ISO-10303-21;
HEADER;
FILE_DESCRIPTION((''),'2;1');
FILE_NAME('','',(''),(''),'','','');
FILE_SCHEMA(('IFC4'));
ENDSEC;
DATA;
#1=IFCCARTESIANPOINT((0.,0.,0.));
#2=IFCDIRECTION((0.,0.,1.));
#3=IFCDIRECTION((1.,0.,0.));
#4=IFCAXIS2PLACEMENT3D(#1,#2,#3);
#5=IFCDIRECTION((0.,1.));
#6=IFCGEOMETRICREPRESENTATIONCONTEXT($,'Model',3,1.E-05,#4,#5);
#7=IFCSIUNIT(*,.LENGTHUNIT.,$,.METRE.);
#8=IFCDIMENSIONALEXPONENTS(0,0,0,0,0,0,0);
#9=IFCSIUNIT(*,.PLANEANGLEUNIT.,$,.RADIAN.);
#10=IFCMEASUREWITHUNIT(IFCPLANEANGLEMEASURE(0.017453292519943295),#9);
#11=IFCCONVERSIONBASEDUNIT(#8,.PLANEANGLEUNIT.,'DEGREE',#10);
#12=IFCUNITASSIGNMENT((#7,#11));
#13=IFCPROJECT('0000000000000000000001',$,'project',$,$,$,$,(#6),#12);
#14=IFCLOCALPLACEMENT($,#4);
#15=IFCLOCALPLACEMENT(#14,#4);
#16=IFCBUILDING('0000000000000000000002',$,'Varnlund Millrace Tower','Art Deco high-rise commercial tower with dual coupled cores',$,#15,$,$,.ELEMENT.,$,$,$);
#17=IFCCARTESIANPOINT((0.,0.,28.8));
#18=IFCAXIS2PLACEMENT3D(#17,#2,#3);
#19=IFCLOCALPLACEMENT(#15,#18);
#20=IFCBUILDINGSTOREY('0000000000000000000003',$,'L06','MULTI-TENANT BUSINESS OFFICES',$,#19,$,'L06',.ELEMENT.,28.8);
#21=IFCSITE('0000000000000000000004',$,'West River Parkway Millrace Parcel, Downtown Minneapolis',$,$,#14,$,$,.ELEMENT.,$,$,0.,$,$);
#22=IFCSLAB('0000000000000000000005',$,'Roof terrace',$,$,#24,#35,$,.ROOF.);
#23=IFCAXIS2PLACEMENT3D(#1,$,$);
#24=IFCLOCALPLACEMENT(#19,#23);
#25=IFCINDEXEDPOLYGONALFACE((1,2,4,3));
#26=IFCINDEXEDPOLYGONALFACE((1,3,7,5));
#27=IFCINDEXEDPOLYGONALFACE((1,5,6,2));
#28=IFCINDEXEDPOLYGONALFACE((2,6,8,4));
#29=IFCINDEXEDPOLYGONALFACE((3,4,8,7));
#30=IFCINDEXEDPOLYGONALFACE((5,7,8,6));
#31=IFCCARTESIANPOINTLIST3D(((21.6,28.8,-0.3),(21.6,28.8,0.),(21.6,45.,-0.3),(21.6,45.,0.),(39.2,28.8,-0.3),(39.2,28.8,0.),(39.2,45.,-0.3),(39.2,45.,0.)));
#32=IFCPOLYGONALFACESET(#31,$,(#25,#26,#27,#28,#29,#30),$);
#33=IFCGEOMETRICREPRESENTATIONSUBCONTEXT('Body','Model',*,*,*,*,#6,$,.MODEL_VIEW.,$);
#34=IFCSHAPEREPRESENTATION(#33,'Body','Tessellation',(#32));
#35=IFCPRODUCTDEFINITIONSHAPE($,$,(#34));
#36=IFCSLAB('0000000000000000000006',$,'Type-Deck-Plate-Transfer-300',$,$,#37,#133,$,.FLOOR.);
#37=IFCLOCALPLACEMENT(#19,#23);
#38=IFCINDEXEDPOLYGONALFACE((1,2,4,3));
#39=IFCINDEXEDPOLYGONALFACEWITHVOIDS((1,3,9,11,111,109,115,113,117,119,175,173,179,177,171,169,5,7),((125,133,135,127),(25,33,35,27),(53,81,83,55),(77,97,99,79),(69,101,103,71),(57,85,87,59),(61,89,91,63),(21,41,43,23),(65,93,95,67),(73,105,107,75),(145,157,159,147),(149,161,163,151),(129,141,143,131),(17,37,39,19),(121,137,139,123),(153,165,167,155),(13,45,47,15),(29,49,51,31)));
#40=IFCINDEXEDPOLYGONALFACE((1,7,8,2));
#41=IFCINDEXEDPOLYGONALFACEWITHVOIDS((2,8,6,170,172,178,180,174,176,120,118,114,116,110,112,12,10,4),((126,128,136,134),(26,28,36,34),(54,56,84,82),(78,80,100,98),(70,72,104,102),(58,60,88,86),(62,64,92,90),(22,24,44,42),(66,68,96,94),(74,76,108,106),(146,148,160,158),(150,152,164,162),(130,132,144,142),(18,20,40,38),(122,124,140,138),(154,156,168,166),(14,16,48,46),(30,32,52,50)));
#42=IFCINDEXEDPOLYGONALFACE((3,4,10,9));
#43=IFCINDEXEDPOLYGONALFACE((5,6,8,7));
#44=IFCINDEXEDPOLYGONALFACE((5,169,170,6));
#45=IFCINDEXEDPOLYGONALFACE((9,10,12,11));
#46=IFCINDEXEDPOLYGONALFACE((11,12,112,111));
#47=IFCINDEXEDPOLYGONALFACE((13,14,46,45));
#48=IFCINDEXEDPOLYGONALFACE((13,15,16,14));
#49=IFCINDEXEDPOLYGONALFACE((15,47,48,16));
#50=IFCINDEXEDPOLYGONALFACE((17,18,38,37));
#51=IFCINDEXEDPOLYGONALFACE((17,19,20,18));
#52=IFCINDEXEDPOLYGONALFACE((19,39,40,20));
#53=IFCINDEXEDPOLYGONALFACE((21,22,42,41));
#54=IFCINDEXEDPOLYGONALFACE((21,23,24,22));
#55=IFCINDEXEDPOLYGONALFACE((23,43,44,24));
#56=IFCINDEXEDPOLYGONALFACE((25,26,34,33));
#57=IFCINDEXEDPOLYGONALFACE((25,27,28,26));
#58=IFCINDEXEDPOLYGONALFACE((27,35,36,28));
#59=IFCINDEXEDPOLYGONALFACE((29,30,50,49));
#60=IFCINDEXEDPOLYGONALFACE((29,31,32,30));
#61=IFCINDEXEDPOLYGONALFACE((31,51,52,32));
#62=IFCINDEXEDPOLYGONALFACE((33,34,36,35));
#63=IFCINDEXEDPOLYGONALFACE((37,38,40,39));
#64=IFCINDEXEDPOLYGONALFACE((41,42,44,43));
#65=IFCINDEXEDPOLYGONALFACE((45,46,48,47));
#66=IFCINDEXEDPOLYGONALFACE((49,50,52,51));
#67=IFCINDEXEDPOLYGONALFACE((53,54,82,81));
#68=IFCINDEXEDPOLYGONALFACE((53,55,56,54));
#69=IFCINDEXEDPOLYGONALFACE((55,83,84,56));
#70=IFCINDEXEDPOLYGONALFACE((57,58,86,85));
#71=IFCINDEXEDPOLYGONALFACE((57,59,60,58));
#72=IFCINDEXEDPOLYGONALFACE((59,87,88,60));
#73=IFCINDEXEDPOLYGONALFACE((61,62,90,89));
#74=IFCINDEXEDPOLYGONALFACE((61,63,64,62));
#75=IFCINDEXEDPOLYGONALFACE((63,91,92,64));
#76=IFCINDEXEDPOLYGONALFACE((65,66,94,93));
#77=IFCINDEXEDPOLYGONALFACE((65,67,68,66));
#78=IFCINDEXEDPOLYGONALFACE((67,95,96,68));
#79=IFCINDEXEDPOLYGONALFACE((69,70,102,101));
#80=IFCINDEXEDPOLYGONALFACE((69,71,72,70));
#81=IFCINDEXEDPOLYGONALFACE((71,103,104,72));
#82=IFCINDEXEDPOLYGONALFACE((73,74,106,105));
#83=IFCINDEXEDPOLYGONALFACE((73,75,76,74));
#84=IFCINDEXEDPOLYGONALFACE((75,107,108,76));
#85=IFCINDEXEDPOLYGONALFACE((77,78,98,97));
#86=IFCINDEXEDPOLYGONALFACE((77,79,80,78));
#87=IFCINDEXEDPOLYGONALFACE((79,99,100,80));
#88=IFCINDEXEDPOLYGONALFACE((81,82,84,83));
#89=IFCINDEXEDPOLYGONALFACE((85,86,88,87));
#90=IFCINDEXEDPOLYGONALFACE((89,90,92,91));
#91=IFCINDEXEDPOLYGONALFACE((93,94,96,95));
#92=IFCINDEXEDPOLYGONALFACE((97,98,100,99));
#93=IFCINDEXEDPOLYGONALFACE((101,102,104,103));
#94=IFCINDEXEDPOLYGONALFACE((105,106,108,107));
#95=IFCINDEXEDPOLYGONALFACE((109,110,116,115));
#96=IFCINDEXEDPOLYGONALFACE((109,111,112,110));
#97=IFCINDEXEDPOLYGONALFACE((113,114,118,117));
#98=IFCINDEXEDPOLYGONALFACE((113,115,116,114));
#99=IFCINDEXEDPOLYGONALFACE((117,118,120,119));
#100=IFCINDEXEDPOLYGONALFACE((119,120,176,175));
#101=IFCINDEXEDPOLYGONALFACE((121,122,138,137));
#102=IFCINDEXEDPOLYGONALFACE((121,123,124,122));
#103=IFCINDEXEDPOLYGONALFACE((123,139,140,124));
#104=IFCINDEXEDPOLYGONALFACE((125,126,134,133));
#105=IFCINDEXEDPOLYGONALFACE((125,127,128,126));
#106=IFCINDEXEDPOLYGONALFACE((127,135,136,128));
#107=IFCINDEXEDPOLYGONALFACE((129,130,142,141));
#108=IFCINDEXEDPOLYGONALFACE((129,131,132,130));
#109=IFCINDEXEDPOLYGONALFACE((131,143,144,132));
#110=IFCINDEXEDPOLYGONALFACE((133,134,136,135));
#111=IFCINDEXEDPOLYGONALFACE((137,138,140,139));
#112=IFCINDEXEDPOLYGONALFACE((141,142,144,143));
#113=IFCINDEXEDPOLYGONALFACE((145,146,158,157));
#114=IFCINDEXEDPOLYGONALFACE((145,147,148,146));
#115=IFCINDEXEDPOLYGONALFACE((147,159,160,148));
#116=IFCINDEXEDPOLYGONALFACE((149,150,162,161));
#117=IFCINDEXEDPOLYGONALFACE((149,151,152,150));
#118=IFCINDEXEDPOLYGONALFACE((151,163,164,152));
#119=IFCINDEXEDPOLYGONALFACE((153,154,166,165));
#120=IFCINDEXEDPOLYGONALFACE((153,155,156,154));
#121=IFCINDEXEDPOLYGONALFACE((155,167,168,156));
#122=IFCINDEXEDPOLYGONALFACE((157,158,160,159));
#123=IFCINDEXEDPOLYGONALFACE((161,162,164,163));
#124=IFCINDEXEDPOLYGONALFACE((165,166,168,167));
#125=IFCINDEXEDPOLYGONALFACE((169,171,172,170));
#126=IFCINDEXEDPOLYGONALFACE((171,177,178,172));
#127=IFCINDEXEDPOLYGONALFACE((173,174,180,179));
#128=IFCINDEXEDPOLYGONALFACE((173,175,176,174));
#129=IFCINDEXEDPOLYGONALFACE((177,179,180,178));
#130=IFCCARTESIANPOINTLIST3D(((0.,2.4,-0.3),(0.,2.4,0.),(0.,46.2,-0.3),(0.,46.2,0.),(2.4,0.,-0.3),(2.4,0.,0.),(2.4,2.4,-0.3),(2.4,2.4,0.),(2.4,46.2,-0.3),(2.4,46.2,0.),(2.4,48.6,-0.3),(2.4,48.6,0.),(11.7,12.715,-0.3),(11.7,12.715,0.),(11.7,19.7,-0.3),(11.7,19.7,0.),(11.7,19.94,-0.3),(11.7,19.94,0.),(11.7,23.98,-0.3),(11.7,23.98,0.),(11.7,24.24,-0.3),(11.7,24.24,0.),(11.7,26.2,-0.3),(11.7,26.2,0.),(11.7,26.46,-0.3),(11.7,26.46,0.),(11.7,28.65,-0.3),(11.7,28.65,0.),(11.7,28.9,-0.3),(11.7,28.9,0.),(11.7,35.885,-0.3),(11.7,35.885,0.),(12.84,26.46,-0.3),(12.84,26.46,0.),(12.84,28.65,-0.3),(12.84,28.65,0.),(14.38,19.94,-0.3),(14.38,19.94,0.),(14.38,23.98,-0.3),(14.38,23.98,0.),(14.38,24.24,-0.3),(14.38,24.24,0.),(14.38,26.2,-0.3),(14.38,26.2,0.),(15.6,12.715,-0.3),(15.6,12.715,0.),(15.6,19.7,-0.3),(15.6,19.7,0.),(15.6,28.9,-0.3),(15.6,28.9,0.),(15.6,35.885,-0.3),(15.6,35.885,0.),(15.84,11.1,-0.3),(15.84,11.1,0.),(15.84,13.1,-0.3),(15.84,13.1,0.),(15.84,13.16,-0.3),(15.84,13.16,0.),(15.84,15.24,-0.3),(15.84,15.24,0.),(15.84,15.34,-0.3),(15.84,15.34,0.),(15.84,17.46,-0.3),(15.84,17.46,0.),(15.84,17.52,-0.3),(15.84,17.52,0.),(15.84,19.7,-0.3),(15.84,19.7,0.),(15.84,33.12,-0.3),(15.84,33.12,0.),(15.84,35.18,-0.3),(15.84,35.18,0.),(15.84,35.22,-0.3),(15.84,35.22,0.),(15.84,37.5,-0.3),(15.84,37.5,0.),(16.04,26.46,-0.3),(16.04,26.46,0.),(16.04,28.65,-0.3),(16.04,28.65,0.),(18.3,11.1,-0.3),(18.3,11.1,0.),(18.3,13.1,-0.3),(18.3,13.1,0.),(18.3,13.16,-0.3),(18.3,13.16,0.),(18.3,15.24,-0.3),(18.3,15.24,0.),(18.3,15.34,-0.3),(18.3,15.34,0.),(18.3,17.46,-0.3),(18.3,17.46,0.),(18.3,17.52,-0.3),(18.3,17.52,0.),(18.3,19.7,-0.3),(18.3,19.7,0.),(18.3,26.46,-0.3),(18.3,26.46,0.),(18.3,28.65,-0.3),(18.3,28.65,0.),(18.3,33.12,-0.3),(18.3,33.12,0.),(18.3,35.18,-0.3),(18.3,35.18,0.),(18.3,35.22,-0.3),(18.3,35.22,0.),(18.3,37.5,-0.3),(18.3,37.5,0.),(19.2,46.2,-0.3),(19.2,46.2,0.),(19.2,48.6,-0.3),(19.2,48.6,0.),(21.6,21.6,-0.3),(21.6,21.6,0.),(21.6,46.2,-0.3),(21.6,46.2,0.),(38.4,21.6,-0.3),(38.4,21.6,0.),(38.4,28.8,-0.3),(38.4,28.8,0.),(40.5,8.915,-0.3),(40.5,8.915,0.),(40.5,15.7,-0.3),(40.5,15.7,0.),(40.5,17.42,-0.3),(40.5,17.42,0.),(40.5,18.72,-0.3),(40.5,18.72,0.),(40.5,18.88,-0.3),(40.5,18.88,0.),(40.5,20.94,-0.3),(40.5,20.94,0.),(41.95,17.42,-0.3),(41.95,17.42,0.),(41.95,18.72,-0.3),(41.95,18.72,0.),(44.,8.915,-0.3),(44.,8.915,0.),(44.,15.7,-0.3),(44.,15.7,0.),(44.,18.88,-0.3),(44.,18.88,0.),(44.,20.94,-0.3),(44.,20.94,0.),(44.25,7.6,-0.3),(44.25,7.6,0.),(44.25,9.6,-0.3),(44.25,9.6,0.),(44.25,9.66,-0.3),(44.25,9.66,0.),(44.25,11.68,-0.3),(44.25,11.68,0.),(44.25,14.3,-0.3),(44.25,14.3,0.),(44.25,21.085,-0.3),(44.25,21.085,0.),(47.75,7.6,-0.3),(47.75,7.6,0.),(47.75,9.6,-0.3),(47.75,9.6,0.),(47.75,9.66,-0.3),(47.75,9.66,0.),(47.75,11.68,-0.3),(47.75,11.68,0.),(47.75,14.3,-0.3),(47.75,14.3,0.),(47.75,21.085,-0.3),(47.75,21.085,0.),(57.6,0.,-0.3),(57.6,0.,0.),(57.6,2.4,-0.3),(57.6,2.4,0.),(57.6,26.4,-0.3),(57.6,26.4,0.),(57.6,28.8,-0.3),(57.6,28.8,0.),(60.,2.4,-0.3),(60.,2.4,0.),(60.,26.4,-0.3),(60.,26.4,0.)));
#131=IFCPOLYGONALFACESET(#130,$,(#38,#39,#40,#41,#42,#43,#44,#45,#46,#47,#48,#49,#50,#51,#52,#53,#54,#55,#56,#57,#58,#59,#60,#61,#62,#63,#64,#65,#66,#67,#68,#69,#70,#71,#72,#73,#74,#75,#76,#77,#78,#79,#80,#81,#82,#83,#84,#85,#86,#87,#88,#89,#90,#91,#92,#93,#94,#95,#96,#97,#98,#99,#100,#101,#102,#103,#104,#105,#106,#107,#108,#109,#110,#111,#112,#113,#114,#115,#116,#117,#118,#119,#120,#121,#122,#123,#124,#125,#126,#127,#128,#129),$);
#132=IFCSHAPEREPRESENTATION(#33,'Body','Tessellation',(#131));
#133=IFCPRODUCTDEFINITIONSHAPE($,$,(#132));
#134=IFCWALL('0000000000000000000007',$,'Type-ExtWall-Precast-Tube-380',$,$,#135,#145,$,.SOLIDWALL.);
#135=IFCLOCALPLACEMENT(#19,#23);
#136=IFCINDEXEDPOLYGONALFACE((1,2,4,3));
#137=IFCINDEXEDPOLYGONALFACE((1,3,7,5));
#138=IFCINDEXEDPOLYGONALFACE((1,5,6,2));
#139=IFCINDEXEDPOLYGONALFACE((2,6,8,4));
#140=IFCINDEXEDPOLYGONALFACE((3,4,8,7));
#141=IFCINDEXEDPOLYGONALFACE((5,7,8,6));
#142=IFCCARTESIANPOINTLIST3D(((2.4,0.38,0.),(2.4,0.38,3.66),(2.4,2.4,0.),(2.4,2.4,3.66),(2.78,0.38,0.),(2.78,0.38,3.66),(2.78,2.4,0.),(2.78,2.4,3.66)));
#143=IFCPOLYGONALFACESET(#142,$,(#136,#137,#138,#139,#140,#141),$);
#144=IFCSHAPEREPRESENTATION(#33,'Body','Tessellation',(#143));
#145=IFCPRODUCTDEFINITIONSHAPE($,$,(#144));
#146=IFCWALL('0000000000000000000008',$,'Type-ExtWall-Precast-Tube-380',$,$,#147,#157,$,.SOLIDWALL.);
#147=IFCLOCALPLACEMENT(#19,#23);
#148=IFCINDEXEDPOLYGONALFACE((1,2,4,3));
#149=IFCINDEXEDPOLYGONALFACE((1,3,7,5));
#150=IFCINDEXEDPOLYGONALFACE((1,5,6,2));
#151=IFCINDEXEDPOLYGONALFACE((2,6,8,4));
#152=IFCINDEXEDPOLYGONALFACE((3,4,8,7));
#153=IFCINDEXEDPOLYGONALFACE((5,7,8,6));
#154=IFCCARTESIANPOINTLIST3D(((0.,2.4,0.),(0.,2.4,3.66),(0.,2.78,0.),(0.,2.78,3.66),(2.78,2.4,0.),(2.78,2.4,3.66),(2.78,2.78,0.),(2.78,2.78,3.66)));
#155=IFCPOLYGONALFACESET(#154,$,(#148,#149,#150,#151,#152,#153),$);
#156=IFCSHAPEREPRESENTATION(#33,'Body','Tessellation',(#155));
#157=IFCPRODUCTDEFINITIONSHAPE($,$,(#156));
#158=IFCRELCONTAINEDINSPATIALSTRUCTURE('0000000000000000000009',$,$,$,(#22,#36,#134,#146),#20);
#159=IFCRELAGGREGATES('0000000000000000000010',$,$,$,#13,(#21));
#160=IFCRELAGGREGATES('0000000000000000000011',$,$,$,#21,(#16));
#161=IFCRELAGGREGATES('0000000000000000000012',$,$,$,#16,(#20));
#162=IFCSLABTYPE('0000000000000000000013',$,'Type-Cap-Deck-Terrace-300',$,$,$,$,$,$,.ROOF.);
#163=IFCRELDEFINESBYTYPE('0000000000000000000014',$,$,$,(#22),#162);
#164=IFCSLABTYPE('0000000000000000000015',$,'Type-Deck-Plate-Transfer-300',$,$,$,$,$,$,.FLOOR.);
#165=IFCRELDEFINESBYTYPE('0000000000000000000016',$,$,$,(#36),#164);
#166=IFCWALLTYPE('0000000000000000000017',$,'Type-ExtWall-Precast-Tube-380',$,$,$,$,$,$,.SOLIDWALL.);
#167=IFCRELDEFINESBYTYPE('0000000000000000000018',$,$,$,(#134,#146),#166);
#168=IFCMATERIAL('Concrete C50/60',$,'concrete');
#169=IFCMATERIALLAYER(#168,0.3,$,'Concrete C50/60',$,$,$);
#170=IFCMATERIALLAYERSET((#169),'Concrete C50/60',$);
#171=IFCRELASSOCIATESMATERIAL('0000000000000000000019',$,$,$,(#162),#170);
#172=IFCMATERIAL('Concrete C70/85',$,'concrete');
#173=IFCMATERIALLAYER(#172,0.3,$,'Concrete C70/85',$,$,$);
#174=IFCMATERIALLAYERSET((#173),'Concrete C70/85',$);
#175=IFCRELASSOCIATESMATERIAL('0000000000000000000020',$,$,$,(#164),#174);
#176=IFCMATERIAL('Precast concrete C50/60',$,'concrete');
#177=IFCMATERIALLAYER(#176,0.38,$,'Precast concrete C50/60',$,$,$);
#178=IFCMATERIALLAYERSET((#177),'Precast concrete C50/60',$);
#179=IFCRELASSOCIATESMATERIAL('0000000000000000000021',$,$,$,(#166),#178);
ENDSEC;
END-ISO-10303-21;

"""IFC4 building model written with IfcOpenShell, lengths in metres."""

from ifc_helpers import new_model, entity, si_unit, converted_unit, direction, frame, origin_with_axes, place, context, subcontext, project, spatial, polyline, outline, extrude, material, layer, layer_set, type_object, element, save


model = new_model("IFC4")

# Units and contexts
model_context = context("Model", 3, precision=1e-05, world=origin_with_axes(), true_north=direction((0.0, 1.0)))
body_context = subcontext(model_context, "Body", "Model", "MODEL_VIEW")
ifc_project = project(units=[si_unit("LENGTHUNIT", "METRE"), converted_unit("PLANEANGLEUNIT", "DEGREE", entity("IfcPlaneAngleMeasure", 0.017453292519943295), si_unit("PLANEANGLEUNIT", "RADIAN"), dimensions=[0, 0, 0, 0, 0, 0, 0])], contexts=[model_context])

# Site, building, storey
site_placement = place(None, origin_with_axes())
site = spatial("IfcSite", under=ifc_project, at=site_placement, Name="West River Parkway Millrace Parcel, Downtown Minneapolis", CompositionType="ELEMENT", RefElevation=0.0)
building_placement = place(site_placement, origin_with_axes())
building = spatial("IfcBuilding", under=site, at=building_placement, Name="Varnlund Millrace Tower", Description="Art Deco high-rise commercial tower with dual coupled cores", CompositionType="ELEMENT")
storey_placement = place(building_placement, frame((0.0, 0.0, 28.8), z_axis=(0.0, 0.0, 1.0), x_axis=(1.0, 0.0, 0.0)))
storey = spatial("IfcBuildingStorey", under=building, at=storey_placement, Name="L06", Description="MULTI-TENANT BUSINESS OFFICES", LongName="L06", CompositionType="ELEMENT", Elevation=28.8)

# Slabs
ifc_material_1 = material(Name="Concrete C50/60", Category="concrete")
ifc_layer_1 = layer(ifc_material_1, 0.3, Name="Concrete C50/60")
ifc_layer_set_1 = layer_set([ifc_layer_1], Name="Concrete C50/60")
slab_type_1 = type_object("IfcSlabType", Name="Type-Cap-Deck-Terrace-300", PredefinedType="ROOF", material=ifc_layer_set_1)
slab_1_placement = place(storey_placement, frame((0.0, 0.0, -0.3), z_axis=(0.0, 0.0, 1.0), x_axis=(1.0, 0.0, 0.0)))
element("IfcSlab", 1, at=slab_1_placement, inside=storey, type_object=slab_type_1, Name="Roof terrace", PredefinedType="ROOF", context=body_context, shape_type="SweptSolid", body=[
    extrude(outline(polyline([(39.2, 28.8), (39.2, 45.0), (21.6, 45.0), (21.6, 28.8), (39.2, 28.8)])), origin_with_axes(), (0.0, 0.0, 1.0), 0.3),
])
ifc_material_2 = material(Name="Concrete C70/85", Category="concrete")
ifc_layer_2 = layer(ifc_material_2, 0.3, Name="Concrete C70/85")
ifc_layer_set_2 = layer_set([ifc_layer_2], Name="Concrete C70/85")
slab_type_2 = type_object("IfcSlabType", Name="Type-Deck-Plate-Transfer-300", PredefinedType="FLOOR", material=ifc_layer_set_2)
slab_2_placement = place(storey_placement, frame((0.0, 0.0, -0.3), z_axis=(0.0, 0.0, 1.0), x_axis=(1.0, 0.0, 0.0)))
element("IfcSlab", 2, at=slab_2_placement, inside=storey, type_object=slab_type_2, Name="Type-Deck-Plate-Transfer-300", PredefinedType="FLOOR", context=body_context, shape_type="SweptSolid", body=[
    extrude(outline(polyline([(21.6, 21.6), (21.6, 46.2), (19.2, 46.2), (19.2, 48.6), (2.4, 48.6), (2.4, 46.2), (0.0, 46.2), (0.0, 2.4), (2.4, 2.4), (2.4, 0.0), (57.6, 0.0), (57.6, 2.4), (60.0, 2.4), (60.0, 26.4), (57.6, 26.4), (57.6, 28.8), (38.4, 28.8), (38.4, 21.6), (21.6, 21.6)]), holes=[polyline([(18.3, 11.1), (15.84, 11.1), (15.84, 13.1), (18.3, 13.1), (18.3, 11.1)]), polyline([(18.3, 13.16), (15.84, 13.16), (15.84, 15.24), (18.3, 15.24), (18.3, 13.16)]), polyline([(15.6, 12.715), (11.7, 12.715), (11.7, 19.7), (15.6, 19.7), (15.6, 12.715)]), polyline([(18.3, 15.34), (15.84, 15.34), (15.84, 17.46), (18.3, 17.46), (18.3, 15.34)]), polyline([(18.3, 17.52), (15.84, 17.52), (15.84, 19.7), (18.3, 19.7), (18.3, 17.52)]), polyline([(14.38, 23.98), (14.38, 19.94), (11.7, 19.94), (11.7, 23.98), (14.38, 23.98)]), polyline([(11.7, 24.24), (11.7, 26.2), (14.38, 26.2), (14.38, 24.24), (11.7, 24.24)]), polyline([(11.7, 26.46), (11.7, 28.65), (12.84, 28.65), (12.84, 26.46), (11.7, 26.46)]), polyline([(15.6, 28.9), (11.7, 28.9), (11.7, 35.885), (15.6, 35.885), (15.6, 28.9)]), polyline([(47.75, 7.6), (44.25, 7.6), (44.25, 9.6), (47.75, 9.6), (47.75, 7.6)]), polyline([(47.75, 9.66), (44.25, 9.66), (44.25, 11.68), (47.75, 11.68), (47.75, 9.66)]), polyline([(40.5, 8.915), (40.5, 15.7), (44.0, 15.7), (44.0, 8.915), (40.5, 8.915)]), polyline([(44.25, 14.3), (44.25, 21.085), (47.75, 21.085), (47.75, 14.3), (44.25, 14.3)]), polyline([(41.95, 17.42), (40.5, 17.42), (40.5, 18.72), (41.95, 18.72), (41.95, 17.42)]), polyline([(44.0, 18.88), (40.5, 18.88), (40.5, 20.94), (44.0, 20.94), (44.0, 18.88)]), polyline([(18.3, 26.46), (16.04, 26.46), (16.04, 28.65), (18.3, 28.65), (18.3, 26.46)]), polyline([(15.84, 33.12), (15.84, 35.18), (18.3, 35.18), (18.3, 33.12), (15.84, 33.12)]), polyline([(15.84, 35.22), (15.84, 37.5), (18.3, 37.5), (18.3, 35.22), (15.84, 35.22)])]), origin_with_axes(), (0.0, 0.0, 1.0), 0.3),
])

# Walls
ifc_material_3 = material(Name="Precast concrete C50/60", Category="concrete")
ifc_layer_3 = layer(ifc_material_3, 0.38, Name="Precast concrete C50/60")
ifc_layer_set_3 = layer_set([ifc_layer_3], Name="Precast concrete C50/60")
wall_type_1 = type_object("IfcWallType", Name="Type-ExtWall-Precast-Tube-380", PredefinedType="SOLIDWALL", material=ifc_layer_set_3)
wall_1_placement = place(storey_placement, frame((2.59, 0.38, 0.0), z_axis=(0.0, 0.0, 1.0), x_axis=(0.0, 1.0, 0.0)))
element("IfcWall", 3, at=wall_1_placement, inside=storey, type_object=wall_type_1, Name="Type-ExtWall-Precast-Tube-380", PredefinedType="SOLIDWALL", context=body_context, shape_type="SweptSolid", body=[
    extrude(outline(polyline([(0.0, -0.19), (2.02, -0.19), (2.02, 0.19), (0.0, 0.19), (0.0, -0.19)])), origin_with_axes(), (0.0, 0.0, 1.0), 3.66),
])
wall_2_placement = place(storey_placement, frame((2.78, 2.59, 0.0), z_axis=(0.0, 0.0, 1.0), x_axis=(-1.0, 0.0, 0.0)))
element("IfcWall", 4, at=wall_2_placement, inside=storey, type_object=wall_type_1, Name="Type-ExtWall-Precast-Tube-380", PredefinedType="SOLIDWALL", context=body_context, shape_type="SweptSolid", body=[
    extrude(outline(polyline([(0.0, -0.19), (2.78, -0.19), (2.78, 0.19), (0.0, 0.19), (0.0, -0.19)])), origin_with_axes(), (0.0, 0.0, 1.0), 3.66),
])

save(model, "model.ifc")
